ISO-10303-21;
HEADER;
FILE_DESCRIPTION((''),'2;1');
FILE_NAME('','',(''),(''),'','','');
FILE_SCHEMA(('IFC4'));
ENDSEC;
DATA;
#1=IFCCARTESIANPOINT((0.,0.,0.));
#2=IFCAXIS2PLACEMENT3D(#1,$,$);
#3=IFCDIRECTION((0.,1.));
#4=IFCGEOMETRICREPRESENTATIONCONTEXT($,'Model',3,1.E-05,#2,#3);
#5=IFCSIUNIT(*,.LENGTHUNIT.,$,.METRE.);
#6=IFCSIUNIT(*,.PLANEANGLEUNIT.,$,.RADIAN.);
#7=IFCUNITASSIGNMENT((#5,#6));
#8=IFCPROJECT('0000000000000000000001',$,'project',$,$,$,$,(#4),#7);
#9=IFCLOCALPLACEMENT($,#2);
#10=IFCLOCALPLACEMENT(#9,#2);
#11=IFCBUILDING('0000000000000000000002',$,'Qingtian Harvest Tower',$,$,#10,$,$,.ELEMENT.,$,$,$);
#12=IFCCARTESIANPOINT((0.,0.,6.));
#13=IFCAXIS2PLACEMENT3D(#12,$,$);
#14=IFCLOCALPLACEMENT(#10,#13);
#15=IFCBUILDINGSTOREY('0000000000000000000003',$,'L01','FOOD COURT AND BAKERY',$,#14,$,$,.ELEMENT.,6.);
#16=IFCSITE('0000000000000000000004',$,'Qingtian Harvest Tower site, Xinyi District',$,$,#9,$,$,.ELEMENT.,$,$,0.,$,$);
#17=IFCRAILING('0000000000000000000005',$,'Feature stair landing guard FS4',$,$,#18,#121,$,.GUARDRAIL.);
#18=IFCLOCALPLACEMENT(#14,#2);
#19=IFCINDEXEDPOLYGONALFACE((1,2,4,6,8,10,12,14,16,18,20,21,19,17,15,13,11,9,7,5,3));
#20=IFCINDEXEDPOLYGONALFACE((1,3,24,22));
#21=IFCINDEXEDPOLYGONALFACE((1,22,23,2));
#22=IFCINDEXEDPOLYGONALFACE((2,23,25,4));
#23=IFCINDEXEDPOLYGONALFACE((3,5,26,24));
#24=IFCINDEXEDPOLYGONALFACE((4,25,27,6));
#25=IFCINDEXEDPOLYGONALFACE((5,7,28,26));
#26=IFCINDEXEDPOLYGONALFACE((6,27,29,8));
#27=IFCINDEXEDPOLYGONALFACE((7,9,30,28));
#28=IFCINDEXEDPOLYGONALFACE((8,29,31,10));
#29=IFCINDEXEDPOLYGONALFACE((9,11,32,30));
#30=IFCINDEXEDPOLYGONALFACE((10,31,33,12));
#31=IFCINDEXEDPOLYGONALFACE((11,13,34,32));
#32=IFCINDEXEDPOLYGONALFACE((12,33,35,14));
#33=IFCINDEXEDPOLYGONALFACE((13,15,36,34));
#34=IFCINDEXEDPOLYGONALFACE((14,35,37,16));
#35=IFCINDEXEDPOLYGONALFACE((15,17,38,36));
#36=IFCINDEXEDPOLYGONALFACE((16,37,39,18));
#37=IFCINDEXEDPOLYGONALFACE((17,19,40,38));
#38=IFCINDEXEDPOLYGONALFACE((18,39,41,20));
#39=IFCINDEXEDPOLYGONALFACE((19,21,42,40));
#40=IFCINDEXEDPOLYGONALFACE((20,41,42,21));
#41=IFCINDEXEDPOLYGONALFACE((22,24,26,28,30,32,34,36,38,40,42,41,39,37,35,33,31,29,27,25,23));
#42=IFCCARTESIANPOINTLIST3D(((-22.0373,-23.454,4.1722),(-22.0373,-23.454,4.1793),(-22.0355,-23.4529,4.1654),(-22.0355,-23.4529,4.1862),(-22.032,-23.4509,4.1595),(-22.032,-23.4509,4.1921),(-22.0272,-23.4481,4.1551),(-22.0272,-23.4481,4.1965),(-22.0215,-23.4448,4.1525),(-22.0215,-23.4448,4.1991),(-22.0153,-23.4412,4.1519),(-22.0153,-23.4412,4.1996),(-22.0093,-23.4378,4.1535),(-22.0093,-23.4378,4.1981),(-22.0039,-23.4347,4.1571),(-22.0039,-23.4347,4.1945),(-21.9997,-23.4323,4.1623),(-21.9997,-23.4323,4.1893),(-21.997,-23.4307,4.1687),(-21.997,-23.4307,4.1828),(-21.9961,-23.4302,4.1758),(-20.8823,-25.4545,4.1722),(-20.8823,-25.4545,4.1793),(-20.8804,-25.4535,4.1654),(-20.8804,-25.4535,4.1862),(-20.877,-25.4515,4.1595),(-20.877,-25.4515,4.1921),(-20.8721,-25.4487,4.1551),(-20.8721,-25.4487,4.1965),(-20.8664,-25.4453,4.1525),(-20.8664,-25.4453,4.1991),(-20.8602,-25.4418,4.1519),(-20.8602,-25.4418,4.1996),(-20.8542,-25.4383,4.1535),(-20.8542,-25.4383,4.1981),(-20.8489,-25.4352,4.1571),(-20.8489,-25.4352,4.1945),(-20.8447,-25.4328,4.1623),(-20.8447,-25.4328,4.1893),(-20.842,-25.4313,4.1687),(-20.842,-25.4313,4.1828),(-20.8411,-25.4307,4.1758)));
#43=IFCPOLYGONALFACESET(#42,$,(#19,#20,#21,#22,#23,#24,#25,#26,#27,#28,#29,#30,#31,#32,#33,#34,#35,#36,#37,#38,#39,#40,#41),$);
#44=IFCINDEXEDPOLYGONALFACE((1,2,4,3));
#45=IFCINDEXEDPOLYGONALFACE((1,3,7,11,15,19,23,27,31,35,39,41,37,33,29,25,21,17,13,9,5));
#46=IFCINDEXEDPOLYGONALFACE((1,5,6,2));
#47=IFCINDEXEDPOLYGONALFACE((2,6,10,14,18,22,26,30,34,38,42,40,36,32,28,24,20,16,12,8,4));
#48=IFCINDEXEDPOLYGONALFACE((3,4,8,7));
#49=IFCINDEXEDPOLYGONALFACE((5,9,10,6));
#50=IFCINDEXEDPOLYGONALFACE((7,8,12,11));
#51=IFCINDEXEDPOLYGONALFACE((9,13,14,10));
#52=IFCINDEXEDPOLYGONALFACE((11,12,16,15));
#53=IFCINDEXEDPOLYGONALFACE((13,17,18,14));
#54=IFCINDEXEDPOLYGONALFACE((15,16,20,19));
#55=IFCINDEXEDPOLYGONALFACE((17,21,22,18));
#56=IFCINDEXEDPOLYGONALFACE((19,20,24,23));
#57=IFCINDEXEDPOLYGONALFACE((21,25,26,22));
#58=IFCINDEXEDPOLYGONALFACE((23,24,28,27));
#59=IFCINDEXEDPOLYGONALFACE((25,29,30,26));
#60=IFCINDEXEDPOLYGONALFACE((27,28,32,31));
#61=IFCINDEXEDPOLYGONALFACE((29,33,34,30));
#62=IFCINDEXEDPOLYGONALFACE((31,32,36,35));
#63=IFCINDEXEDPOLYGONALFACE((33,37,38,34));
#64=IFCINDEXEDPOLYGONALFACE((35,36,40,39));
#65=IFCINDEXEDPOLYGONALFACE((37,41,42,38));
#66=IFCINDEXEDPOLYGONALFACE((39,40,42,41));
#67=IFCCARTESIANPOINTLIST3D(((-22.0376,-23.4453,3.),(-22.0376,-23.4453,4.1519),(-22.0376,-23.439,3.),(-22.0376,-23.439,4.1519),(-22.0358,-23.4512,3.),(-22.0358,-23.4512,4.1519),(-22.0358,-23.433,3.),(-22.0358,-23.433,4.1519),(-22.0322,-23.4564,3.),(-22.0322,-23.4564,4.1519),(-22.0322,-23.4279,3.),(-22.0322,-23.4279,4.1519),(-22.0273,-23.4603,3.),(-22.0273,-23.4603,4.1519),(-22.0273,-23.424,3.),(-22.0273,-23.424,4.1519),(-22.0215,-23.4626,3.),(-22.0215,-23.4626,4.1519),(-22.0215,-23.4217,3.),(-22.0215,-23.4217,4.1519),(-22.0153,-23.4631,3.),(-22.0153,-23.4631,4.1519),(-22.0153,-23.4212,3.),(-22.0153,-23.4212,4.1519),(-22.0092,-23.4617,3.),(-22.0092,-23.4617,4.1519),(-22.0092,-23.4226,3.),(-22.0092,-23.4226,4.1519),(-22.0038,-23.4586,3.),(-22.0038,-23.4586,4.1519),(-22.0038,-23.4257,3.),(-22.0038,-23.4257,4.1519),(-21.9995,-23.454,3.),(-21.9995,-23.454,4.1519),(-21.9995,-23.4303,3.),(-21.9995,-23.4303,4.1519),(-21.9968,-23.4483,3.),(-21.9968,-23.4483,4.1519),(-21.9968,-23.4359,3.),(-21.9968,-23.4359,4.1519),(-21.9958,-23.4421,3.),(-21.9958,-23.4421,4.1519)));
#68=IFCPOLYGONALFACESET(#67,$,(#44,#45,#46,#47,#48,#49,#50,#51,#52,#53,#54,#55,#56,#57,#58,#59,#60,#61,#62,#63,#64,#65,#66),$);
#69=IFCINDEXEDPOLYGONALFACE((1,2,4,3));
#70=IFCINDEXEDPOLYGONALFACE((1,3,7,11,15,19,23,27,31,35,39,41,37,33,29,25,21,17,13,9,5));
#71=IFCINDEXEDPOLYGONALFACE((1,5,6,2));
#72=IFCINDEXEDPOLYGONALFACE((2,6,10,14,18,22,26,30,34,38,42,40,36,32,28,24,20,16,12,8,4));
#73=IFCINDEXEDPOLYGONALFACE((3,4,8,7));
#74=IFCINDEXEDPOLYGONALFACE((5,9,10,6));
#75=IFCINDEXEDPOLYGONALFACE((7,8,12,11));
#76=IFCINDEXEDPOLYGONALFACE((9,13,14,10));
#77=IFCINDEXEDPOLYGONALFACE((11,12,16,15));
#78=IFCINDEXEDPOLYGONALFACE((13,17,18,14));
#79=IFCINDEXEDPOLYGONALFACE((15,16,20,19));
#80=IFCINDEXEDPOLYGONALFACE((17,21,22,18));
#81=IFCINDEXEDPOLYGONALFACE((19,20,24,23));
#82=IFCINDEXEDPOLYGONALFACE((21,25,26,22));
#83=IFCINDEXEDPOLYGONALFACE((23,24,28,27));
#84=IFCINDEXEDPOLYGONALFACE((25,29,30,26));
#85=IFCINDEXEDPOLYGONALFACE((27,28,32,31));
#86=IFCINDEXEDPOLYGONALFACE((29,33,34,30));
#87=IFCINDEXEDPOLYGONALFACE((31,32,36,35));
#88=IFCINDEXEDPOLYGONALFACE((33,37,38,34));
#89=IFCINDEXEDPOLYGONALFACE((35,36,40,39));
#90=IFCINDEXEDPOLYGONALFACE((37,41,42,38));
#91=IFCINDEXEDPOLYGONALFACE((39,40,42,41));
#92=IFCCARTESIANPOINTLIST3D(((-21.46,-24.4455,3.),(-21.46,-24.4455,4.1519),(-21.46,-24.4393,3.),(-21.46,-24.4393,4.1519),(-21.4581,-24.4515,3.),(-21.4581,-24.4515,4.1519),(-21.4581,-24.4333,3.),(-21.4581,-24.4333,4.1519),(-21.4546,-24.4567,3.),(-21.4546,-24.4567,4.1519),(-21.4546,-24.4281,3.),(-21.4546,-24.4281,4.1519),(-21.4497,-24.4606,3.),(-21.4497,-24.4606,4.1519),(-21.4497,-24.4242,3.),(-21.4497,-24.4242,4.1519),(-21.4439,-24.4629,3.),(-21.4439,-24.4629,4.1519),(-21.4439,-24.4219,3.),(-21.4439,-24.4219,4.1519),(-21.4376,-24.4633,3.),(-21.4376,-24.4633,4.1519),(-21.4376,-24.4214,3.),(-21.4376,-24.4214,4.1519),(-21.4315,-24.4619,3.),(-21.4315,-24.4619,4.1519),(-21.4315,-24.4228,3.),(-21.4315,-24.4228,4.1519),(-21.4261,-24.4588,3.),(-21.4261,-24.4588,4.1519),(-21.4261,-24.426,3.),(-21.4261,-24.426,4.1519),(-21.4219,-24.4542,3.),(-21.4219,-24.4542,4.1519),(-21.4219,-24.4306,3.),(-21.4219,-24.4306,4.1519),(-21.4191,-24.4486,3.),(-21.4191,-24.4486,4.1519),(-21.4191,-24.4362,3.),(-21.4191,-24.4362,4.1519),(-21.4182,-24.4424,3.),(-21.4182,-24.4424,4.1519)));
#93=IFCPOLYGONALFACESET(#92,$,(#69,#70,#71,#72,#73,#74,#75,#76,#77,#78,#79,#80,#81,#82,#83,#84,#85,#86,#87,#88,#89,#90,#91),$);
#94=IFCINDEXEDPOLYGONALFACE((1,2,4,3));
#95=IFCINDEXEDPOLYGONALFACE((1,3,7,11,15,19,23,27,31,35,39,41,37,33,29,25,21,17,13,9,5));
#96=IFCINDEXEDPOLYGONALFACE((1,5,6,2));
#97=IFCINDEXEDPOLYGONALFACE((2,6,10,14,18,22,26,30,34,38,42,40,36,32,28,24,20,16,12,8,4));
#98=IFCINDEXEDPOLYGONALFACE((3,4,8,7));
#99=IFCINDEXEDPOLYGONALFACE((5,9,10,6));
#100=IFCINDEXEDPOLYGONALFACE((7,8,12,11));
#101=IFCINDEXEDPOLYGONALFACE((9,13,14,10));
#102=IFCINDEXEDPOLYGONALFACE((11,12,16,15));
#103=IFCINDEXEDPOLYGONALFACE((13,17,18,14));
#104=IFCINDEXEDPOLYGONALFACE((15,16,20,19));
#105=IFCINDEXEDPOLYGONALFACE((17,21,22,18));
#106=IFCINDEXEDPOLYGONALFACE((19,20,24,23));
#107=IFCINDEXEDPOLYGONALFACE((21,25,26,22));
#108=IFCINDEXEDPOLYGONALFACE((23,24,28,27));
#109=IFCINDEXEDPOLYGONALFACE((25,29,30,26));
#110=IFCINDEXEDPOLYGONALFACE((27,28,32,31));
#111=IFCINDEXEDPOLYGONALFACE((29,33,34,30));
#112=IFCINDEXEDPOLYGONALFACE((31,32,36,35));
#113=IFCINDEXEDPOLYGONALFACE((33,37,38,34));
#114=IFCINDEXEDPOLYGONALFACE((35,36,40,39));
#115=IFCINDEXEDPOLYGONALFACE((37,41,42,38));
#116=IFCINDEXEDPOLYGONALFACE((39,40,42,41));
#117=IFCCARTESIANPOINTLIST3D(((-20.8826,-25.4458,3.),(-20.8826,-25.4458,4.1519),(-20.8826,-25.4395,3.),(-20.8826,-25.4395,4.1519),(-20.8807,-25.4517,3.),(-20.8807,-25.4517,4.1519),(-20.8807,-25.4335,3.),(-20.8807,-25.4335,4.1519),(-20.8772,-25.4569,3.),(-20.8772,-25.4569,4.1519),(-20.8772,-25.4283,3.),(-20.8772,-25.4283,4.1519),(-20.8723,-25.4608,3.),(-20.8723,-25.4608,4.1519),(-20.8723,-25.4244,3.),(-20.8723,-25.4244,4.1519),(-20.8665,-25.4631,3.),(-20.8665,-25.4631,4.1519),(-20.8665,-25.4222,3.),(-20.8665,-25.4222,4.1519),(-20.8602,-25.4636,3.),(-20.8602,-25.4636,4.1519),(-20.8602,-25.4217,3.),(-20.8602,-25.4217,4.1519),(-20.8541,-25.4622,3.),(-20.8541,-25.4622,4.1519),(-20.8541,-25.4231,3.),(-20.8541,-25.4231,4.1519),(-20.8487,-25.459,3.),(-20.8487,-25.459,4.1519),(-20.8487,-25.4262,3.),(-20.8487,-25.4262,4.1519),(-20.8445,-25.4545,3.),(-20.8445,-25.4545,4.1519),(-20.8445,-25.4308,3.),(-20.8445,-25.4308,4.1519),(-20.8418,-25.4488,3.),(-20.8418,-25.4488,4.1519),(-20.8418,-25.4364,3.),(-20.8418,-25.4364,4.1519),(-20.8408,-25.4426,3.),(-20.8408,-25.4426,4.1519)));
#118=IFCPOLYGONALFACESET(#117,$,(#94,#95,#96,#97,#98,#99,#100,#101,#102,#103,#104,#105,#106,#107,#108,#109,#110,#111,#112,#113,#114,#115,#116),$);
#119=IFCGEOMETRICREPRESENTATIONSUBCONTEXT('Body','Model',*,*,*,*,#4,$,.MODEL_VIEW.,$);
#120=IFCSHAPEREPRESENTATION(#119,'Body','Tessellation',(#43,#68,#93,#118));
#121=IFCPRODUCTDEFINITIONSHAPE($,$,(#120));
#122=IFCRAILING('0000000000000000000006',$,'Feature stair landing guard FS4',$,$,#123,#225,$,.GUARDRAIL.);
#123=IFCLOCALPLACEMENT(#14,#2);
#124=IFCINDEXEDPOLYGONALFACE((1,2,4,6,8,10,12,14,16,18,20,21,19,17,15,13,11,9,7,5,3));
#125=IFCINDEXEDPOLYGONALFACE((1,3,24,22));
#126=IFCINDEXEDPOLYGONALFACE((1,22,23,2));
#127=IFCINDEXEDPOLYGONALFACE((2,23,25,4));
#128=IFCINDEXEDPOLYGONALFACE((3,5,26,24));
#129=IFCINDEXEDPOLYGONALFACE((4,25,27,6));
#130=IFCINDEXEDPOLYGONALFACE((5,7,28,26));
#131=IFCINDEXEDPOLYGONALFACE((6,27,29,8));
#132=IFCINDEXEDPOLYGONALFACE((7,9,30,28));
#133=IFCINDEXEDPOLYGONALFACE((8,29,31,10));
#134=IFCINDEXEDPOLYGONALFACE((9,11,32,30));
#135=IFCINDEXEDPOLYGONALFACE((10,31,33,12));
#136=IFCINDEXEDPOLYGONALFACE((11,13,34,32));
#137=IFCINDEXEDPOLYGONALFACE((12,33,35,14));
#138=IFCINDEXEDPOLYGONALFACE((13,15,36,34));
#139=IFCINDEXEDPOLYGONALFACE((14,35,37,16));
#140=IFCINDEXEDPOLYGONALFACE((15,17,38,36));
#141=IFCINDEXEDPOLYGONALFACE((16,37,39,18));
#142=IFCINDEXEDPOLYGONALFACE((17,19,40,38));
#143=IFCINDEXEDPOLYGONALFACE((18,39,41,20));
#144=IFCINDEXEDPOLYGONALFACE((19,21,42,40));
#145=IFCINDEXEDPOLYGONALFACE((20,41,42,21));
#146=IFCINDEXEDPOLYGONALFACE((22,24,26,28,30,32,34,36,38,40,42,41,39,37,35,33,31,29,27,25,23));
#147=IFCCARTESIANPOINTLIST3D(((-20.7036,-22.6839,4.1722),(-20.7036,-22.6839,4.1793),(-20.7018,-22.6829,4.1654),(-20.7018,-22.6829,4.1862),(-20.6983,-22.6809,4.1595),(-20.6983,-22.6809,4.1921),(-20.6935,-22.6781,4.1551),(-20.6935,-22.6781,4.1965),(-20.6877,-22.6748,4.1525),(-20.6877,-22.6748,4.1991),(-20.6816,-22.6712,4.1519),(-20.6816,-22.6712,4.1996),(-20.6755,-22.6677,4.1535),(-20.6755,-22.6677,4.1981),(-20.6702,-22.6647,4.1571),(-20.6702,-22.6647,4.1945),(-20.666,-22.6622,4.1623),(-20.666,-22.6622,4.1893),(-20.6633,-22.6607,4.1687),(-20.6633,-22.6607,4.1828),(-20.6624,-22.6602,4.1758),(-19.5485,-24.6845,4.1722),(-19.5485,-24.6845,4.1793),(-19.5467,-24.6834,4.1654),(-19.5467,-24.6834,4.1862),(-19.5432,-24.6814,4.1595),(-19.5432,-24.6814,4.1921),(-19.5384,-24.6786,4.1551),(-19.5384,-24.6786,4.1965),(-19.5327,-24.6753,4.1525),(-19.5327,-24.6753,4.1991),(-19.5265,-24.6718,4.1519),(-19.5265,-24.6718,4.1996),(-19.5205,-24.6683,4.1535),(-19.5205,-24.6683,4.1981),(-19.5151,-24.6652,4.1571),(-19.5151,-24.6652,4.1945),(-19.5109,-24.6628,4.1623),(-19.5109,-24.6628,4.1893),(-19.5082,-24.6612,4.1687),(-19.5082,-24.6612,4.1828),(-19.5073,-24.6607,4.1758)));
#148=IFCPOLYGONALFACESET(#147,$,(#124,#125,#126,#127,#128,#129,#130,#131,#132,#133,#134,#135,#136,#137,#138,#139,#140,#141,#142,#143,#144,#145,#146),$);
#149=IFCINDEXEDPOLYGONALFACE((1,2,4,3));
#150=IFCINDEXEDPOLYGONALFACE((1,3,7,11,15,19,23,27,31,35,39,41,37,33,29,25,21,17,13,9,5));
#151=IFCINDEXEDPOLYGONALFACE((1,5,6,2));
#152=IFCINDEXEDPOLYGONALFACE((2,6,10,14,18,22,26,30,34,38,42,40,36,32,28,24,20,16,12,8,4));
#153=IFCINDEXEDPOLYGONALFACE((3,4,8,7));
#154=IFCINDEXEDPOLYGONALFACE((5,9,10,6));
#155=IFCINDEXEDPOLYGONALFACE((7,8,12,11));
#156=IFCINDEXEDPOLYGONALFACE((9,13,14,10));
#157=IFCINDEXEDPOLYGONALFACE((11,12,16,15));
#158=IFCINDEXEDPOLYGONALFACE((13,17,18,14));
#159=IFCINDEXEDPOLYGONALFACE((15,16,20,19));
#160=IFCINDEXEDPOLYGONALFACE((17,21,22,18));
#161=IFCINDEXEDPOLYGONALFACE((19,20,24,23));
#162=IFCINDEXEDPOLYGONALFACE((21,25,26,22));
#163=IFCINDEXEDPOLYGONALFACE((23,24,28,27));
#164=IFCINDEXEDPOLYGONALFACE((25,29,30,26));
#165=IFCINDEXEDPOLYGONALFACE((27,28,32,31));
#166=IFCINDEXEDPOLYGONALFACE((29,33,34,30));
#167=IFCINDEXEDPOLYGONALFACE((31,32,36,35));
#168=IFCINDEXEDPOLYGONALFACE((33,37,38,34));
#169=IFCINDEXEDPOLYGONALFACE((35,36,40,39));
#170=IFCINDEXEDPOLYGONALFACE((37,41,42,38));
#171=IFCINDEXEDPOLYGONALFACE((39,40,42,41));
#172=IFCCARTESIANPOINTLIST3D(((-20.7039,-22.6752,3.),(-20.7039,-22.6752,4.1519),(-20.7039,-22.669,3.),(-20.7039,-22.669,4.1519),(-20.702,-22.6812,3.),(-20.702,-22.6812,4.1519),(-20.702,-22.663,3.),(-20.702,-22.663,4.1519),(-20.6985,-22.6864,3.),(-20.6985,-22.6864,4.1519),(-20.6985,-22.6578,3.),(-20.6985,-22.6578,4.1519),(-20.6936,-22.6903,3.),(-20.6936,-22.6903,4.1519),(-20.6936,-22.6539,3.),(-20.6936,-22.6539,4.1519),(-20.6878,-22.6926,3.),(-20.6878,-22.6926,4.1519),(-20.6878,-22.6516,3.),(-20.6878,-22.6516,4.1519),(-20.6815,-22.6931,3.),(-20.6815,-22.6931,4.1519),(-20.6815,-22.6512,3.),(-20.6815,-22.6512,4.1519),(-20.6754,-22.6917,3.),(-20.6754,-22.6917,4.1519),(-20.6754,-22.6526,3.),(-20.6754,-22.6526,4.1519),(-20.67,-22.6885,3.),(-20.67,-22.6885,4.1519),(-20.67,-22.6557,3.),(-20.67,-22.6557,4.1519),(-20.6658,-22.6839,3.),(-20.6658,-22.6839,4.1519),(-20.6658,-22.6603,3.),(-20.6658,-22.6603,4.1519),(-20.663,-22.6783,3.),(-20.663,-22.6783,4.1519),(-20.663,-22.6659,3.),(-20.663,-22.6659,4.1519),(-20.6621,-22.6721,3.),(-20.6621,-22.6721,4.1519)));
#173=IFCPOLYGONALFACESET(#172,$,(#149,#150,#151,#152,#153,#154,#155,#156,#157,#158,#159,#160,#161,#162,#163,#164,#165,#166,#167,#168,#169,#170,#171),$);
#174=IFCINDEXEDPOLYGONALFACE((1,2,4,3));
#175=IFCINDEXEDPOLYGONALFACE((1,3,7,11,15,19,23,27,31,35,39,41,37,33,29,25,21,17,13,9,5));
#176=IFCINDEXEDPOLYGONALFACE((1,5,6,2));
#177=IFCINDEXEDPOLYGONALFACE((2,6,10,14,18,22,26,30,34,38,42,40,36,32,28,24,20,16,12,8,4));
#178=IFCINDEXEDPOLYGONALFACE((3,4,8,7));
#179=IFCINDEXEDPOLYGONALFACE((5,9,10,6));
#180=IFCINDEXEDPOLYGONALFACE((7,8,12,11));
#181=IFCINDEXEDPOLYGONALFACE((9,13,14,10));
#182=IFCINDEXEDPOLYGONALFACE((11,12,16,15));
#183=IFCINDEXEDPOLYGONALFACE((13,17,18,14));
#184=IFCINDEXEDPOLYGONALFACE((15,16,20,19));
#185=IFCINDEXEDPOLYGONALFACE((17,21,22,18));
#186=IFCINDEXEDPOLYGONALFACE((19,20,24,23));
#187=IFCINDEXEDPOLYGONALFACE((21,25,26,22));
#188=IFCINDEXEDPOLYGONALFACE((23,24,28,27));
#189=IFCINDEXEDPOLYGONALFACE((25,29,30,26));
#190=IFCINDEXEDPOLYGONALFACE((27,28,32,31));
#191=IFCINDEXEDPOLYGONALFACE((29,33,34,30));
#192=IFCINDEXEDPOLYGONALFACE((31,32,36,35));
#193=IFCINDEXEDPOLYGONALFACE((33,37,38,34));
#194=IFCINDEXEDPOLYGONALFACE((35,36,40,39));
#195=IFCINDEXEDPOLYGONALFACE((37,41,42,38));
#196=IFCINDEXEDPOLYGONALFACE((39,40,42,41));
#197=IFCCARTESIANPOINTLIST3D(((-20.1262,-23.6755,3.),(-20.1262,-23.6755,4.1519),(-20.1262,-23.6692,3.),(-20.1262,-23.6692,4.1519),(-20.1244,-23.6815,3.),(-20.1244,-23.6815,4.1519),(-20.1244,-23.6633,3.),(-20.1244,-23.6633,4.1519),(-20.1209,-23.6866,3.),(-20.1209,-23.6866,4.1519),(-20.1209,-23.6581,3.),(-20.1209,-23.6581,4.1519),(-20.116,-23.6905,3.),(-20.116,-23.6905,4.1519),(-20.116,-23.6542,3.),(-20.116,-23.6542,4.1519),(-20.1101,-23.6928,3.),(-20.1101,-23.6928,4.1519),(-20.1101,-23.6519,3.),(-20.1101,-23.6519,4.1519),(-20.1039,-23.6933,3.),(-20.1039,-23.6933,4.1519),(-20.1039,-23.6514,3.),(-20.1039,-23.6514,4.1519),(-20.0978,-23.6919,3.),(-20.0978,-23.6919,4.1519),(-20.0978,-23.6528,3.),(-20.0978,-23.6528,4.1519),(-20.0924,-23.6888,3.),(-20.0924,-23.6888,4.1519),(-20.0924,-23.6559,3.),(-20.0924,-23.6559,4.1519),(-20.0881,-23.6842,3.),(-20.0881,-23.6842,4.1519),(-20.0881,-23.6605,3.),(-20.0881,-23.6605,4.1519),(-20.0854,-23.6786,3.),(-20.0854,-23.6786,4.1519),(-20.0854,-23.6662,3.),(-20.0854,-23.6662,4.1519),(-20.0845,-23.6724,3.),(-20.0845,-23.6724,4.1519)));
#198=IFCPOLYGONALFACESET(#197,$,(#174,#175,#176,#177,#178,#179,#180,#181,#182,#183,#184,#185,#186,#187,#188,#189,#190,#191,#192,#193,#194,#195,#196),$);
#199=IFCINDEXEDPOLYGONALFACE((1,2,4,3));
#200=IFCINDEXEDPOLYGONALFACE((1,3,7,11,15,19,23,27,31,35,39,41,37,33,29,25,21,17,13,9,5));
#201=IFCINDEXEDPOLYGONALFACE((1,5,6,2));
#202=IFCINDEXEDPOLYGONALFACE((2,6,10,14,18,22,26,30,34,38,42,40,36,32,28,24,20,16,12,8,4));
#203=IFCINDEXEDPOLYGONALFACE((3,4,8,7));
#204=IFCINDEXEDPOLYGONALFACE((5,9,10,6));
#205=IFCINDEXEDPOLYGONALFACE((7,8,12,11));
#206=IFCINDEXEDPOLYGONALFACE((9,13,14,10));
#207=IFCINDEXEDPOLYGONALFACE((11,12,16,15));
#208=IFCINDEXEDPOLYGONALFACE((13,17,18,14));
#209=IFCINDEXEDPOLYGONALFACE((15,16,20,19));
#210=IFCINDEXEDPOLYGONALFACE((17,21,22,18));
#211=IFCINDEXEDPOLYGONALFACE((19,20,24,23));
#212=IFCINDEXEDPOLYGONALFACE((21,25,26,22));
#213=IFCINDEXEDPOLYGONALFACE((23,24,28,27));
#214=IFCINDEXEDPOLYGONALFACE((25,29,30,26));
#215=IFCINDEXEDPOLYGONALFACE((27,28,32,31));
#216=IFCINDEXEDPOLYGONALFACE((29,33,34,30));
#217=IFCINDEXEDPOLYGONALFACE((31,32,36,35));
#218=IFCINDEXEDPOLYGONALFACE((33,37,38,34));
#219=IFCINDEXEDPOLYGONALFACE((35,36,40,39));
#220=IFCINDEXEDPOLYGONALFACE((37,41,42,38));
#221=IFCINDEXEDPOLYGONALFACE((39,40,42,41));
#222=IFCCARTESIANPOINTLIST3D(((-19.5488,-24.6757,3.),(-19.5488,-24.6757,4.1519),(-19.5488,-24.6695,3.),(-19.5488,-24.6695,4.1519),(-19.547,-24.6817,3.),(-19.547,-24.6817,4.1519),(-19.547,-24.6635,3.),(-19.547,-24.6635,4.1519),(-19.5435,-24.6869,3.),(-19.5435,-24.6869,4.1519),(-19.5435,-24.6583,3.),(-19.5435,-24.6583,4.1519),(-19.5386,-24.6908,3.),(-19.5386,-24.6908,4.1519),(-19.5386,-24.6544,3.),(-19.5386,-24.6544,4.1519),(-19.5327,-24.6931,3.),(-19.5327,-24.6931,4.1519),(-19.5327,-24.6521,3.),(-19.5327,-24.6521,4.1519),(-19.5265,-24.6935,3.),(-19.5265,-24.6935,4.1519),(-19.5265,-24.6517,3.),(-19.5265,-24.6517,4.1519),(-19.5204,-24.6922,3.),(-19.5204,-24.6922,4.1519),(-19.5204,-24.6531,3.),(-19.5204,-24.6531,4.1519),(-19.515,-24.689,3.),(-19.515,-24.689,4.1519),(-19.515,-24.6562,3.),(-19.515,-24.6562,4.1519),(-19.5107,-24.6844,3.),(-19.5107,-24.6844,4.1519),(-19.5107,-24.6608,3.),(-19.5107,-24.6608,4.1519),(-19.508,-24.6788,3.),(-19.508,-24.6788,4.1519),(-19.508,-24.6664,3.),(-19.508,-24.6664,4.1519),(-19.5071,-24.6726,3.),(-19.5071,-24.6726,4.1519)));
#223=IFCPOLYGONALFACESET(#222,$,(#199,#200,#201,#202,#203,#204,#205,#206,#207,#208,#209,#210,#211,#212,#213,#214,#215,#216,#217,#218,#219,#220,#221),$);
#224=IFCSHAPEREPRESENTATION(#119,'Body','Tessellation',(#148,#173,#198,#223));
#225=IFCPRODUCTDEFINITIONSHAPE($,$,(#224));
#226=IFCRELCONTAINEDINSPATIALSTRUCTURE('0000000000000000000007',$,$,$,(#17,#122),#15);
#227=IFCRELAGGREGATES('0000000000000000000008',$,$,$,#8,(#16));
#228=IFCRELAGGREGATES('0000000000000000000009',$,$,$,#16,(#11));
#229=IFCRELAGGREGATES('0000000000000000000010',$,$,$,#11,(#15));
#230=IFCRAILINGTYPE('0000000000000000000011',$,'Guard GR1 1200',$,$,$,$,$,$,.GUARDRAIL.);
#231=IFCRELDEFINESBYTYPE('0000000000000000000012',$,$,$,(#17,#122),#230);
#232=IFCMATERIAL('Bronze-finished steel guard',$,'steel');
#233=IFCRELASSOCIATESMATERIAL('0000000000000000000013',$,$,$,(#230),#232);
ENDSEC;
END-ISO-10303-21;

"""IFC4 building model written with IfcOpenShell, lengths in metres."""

from ifc_helpers import new_model, si_unit, direction, frame, origin, origin_2d, place, context, subcontext, project, spatial, circle, extrude, material, type_object, element, save


model = new_model("IFC4")

# Units and contexts
model_context = context("Model", 3, precision=1e-05, world=origin(), true_north=direction((0.0, 1.0)))
body_context = subcontext(model_context, "Body", "Model", "MODEL_VIEW")
ifc_project = project(units=[si_unit("LENGTHUNIT", "METRE"), si_unit("PLANEANGLEUNIT", "RADIAN")], contexts=[model_context])

# Site, building, storey
site_placement = place(None, origin())
site = spatial("IfcSite", under=ifc_project, at=site_placement, Name="Qingtian Harvest Tower site, Xinyi District", CompositionType="ELEMENT", RefElevation=0.0)
building_placement = place(site_placement, origin())
building = spatial("IfcBuilding", under=site, at=building_placement, Name="Qingtian Harvest Tower", CompositionType="ELEMENT")
storey_placement = place(building_placement, frame((0.0, 0.0, 6.0)))
storey = spatial("IfcBuildingStorey", under=building, at=storey_placement, Name="L01", Description="FOOD COURT AND BAKERY", CompositionType="ELEMENT", Elevation=6.0)

# Railings
ifc_material_1 = material(Name="Bronze-finished steel guard", Category="steel")
railing_type_1 = type_object("IfcRailingType", Name="Guard GR1 1200", PredefinedType="GUARDRAIL", material=ifc_material_1)
for number, where, name in (
    (1, (-22.0168, -23.4421, 3.0), "Feature stair landing guard FS4"),
    (2, (-20.6831, -22.6721, 3.0), "Feature stair landing guard FS4"),
):
    element("IfcRailing", number, at=place(storey_placement, frame(where)), inside=storey, type_object=railing_type_1, Name=name, PredefinedType="GUARDRAIL", context=body_context, shape_type="SweptSolid", body=[
        extrude(circle(Radius=0.0239, at=origin_2d()), frame((0.0, 0.0, 1.1758), z_axis=(0.500015, -0.866017, 0.0), x_axis=(0.866017, 0.500015, 0.0)), (0.0, 0.0, 1.0), 2.3101),
        extrude(circle(Radius=0.021, at=origin_2d()), origin(), (0.0, 0.0, 1.0), 1.1519),
        extrude(circle(Radius=0.021, at=origin_2d()), frame((0.5776, -1.0002, 0.0)), (0.0, 0.0, 1.0), 1.1519),
        extrude(circle(Radius=0.021, at=origin_2d()), frame((1.155, -2.0005, 0.0)), (0.0, 0.0, 1.0), 1.1519),
    ])

save(model, "model.ifc")
